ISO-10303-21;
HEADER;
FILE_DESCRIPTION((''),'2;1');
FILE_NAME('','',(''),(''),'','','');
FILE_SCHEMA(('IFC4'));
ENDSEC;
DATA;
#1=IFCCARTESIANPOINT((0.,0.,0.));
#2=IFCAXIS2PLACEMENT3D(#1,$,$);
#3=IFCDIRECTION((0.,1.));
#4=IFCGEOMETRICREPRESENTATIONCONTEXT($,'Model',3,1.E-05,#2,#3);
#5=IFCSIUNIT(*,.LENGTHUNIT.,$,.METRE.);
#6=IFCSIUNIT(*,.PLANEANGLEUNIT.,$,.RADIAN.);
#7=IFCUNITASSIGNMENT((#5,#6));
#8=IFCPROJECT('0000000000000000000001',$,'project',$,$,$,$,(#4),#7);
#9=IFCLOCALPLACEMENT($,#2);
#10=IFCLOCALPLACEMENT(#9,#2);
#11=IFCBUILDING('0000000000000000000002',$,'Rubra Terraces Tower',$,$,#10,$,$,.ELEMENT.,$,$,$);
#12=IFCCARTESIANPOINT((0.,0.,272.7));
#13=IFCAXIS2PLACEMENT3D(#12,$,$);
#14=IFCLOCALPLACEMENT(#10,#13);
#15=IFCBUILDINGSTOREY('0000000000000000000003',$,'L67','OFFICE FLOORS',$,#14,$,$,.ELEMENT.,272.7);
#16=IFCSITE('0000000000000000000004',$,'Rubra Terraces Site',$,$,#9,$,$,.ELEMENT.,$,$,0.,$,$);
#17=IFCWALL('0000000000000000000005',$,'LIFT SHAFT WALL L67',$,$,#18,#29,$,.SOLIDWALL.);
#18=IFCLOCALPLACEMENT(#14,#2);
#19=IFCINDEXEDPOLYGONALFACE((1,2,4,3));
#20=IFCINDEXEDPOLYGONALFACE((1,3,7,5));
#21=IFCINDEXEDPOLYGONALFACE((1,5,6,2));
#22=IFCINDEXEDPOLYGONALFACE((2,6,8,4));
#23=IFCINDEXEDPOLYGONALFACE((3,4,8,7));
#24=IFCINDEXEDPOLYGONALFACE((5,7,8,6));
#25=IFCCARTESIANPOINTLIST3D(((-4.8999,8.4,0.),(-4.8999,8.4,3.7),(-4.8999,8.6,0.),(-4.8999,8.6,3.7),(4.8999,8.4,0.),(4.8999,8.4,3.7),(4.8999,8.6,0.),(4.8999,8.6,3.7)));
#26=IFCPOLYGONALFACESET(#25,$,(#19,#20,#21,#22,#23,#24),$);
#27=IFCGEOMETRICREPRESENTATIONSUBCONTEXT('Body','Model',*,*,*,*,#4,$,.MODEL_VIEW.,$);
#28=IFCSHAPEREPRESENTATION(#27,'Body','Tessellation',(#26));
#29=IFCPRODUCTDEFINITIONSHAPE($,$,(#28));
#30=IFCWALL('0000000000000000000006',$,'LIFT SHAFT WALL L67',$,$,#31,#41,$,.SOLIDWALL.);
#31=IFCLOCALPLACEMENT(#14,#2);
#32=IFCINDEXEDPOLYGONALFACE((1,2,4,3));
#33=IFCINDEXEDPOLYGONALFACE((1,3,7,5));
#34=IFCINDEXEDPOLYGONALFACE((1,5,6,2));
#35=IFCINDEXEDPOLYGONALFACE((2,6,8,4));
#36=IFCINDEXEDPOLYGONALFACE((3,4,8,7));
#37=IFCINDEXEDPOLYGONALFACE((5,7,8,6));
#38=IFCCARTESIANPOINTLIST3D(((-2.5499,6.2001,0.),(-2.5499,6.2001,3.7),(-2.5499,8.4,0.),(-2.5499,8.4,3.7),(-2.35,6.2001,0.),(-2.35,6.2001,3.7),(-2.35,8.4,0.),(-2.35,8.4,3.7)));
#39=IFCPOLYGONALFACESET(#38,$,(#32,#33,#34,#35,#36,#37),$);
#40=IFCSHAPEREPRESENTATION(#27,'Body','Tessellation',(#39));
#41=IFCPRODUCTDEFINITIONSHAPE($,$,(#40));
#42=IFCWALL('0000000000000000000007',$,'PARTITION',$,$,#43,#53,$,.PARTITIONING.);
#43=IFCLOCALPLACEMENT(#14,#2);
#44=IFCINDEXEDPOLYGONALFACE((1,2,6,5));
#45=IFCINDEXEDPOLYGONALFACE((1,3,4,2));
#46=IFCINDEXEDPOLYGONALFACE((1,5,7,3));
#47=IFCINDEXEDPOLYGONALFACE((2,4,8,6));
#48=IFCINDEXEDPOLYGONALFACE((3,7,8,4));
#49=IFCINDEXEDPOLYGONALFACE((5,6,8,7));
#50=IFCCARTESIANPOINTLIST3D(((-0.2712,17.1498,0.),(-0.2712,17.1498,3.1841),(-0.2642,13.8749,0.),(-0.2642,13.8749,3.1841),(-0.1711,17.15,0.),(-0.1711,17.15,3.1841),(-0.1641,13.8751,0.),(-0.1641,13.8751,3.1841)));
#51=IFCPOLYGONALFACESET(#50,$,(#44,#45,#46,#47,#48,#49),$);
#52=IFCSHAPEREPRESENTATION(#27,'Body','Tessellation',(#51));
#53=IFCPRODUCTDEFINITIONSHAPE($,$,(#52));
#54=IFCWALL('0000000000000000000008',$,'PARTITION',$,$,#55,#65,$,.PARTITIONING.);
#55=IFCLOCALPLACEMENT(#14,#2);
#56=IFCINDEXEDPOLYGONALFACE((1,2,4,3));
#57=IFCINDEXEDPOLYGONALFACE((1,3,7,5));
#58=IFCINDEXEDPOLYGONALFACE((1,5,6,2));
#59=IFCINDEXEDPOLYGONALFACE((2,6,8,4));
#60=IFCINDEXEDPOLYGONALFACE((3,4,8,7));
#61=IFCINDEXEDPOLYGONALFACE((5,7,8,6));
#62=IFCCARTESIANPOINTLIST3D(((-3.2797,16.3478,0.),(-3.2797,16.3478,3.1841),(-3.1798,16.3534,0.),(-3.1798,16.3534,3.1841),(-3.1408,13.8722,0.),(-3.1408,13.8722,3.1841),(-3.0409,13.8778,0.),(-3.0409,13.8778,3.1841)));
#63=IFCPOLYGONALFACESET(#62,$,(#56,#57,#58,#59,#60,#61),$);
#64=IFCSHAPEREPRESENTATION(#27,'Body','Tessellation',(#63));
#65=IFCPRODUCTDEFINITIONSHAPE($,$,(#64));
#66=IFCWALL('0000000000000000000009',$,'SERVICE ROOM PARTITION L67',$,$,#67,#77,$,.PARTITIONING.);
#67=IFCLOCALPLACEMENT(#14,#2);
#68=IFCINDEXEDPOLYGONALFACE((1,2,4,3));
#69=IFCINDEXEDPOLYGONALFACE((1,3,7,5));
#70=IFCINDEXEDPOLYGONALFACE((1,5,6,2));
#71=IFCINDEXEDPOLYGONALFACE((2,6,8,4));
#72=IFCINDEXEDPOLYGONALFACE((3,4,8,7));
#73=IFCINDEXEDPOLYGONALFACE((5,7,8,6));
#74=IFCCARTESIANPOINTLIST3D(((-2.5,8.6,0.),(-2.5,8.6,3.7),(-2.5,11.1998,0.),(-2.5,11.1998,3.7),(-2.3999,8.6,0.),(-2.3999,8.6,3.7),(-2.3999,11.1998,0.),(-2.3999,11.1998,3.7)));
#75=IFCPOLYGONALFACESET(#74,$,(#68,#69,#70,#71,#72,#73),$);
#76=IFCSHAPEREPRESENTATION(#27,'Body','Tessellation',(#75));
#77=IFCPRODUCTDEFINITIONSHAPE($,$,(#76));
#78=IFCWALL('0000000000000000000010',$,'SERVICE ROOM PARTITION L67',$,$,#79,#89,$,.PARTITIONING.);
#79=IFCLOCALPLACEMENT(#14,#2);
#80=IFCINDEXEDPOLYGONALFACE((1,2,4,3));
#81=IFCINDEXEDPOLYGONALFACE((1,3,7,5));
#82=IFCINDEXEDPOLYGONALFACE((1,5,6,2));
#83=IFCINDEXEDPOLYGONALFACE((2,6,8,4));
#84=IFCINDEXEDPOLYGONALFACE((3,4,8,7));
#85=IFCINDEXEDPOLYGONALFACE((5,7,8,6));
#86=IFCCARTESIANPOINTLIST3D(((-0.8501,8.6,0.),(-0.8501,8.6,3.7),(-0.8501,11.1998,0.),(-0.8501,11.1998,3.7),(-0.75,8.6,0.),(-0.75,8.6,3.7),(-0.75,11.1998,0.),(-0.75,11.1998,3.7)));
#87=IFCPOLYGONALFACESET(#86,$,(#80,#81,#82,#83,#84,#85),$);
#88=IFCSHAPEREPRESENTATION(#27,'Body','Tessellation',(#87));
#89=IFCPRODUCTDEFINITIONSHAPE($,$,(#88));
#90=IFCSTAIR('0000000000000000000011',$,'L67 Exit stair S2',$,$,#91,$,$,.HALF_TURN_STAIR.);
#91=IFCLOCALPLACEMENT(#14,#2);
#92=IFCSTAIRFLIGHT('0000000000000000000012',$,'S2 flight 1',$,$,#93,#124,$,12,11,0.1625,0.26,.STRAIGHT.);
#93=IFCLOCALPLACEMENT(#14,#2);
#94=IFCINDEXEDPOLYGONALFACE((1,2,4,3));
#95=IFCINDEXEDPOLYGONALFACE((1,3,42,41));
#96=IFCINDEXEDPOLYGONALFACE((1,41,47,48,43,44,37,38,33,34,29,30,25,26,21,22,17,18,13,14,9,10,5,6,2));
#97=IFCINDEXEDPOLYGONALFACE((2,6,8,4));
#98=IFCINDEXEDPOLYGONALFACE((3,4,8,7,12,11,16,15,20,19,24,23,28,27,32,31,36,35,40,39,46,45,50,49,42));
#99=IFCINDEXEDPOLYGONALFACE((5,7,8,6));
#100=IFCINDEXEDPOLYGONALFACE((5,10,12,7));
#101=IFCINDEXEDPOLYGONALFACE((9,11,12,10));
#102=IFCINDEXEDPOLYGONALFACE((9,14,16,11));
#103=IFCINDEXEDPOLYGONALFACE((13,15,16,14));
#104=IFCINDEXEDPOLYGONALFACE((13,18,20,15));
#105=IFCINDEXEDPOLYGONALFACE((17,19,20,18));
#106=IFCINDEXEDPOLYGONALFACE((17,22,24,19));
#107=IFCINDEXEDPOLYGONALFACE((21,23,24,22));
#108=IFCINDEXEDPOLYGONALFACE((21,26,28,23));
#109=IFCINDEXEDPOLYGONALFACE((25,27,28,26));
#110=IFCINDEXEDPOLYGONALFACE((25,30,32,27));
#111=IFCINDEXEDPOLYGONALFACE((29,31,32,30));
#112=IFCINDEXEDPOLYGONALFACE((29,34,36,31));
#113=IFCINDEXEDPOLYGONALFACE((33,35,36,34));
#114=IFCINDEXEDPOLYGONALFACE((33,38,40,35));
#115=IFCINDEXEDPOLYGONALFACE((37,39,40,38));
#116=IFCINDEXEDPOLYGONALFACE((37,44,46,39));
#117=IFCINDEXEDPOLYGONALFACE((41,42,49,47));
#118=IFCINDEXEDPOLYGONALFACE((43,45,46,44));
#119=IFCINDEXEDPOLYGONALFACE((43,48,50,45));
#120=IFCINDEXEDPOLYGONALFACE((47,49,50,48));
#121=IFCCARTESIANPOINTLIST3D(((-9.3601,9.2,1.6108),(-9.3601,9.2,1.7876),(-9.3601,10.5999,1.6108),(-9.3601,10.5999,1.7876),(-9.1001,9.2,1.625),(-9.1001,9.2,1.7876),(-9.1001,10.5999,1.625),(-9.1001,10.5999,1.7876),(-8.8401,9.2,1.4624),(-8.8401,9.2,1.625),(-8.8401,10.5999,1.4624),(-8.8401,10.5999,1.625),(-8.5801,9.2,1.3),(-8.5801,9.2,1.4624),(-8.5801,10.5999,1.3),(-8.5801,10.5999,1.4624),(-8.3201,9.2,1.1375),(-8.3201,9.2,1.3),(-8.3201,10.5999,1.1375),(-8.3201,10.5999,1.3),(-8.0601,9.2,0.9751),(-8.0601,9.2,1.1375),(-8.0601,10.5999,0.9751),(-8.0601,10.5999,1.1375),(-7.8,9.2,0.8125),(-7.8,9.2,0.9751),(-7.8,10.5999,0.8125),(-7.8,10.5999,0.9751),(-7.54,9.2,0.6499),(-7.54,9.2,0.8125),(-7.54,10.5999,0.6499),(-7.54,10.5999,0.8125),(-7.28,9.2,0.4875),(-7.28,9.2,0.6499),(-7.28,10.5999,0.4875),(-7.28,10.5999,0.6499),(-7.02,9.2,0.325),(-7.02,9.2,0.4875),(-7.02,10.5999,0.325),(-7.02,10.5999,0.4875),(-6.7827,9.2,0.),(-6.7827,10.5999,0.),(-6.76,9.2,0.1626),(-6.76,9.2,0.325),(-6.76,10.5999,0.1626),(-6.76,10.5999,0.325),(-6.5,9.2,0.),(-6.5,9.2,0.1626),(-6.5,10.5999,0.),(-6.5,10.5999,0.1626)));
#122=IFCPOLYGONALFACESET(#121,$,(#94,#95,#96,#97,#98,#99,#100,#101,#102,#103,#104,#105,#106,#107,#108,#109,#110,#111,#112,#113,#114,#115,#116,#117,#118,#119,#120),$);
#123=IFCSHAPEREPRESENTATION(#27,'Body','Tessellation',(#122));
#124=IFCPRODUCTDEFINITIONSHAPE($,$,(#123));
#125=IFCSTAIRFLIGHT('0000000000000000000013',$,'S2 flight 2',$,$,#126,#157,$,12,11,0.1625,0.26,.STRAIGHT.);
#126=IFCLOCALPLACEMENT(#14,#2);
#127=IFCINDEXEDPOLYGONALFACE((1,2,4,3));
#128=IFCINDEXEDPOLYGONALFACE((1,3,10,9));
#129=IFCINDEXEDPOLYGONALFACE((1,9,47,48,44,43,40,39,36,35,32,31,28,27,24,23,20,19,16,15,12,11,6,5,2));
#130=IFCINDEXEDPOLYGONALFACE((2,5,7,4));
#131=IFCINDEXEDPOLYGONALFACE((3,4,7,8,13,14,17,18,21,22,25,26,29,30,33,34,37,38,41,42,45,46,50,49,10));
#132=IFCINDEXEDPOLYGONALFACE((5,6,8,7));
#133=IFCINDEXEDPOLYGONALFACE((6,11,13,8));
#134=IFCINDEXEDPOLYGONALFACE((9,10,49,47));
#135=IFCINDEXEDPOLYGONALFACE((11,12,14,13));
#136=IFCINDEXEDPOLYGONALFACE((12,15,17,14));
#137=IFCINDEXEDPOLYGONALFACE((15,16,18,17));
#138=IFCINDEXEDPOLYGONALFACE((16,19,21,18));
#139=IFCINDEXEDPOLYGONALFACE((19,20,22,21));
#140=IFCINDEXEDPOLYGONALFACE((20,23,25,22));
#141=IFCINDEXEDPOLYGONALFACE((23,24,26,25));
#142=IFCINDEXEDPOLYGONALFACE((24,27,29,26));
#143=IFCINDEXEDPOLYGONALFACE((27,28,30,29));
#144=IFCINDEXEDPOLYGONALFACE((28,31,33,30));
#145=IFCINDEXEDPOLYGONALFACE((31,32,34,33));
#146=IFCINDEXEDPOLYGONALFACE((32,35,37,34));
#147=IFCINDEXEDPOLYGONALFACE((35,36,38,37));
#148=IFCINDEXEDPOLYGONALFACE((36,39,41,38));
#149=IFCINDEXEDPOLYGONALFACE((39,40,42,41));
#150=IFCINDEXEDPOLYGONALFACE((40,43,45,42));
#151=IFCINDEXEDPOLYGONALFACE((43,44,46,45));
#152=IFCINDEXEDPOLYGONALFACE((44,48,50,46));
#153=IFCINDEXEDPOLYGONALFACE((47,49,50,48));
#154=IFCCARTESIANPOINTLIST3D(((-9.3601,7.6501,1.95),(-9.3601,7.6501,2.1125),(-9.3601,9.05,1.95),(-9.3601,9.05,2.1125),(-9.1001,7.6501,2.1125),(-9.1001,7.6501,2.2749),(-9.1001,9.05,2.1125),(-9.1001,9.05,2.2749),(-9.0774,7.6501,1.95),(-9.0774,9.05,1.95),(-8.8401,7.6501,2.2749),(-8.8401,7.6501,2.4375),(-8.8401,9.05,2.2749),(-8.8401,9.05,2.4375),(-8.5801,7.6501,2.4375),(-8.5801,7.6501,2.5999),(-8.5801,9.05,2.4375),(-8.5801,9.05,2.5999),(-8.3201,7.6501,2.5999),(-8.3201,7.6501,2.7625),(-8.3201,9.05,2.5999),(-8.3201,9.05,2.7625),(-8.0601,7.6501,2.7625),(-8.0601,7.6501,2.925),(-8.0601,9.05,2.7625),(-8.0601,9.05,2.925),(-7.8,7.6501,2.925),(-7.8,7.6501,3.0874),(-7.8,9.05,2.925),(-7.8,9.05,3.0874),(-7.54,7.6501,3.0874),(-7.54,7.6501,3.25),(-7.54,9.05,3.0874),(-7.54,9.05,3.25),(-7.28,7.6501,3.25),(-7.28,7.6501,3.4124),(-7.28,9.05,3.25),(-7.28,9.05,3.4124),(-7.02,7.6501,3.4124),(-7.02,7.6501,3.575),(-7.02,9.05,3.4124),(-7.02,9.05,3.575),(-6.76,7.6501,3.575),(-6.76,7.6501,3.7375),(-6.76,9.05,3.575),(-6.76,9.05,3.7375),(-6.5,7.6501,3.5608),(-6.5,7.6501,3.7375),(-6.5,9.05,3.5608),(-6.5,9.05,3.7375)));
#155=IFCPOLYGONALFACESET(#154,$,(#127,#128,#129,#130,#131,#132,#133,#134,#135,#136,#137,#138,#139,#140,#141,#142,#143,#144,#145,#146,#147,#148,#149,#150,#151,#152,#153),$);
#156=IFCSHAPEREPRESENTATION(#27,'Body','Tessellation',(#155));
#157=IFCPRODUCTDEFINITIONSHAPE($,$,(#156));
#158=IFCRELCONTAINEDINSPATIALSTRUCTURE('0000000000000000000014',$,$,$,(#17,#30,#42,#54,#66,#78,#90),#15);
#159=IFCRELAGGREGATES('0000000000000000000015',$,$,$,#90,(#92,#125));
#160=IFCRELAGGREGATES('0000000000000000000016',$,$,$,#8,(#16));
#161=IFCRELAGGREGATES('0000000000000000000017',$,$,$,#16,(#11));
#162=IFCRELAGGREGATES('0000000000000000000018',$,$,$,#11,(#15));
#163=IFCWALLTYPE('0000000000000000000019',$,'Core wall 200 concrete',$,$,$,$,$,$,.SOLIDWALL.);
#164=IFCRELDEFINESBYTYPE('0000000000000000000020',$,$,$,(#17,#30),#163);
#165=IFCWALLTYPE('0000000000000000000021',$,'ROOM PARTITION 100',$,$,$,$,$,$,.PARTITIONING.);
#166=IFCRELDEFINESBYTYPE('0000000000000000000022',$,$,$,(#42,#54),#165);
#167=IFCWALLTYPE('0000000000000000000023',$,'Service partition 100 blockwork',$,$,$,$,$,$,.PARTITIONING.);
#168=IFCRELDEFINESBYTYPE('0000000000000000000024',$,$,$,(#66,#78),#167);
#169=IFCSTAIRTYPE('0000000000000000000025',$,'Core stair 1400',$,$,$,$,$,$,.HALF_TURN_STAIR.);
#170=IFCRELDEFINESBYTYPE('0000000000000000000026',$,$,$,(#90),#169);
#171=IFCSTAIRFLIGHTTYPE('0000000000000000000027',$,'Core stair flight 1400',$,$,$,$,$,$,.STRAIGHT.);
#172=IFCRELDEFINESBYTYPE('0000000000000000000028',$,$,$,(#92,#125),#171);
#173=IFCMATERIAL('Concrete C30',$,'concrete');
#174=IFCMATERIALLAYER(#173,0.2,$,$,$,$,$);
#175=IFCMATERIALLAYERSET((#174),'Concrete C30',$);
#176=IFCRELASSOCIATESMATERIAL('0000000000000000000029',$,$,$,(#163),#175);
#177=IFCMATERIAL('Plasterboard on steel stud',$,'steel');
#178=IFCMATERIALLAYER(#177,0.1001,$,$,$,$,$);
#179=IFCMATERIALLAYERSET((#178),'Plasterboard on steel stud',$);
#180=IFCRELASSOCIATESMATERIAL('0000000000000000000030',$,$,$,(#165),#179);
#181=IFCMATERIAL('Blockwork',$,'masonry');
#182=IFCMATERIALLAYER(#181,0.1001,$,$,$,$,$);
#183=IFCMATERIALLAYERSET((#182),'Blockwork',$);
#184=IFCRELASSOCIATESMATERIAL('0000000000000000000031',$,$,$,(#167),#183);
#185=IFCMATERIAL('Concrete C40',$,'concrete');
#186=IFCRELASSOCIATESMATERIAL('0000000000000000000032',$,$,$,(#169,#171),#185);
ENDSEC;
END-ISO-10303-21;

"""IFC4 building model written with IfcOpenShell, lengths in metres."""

from ifc_helpers import new_model, si_unit, direction, frame, frame_2d, origin, place, context, subcontext, project, spatial, polyline, rectangle, outline, extrude, material, layer, layer_set, type_object, element, aggregate, save


model = new_model("IFC4")

# Units and contexts
model_context = context("Model", 3, precision=1e-05, world=origin(), true_north=direction((0.0, 1.0)))
body_context = subcontext(model_context, "Body", "Model", "MODEL_VIEW")
ifc_project = project(units=[si_unit("LENGTHUNIT", "METRE"), si_unit("PLANEANGLEUNIT", "RADIAN")], contexts=[model_context])

# Site, building, storey
site_placement = place(None, origin())
site = spatial("IfcSite", under=ifc_project, at=site_placement, Name="Rubra Terraces Site", CompositionType="ELEMENT", RefElevation=0.0)
building_placement = place(site_placement, origin())
building = spatial("IfcBuilding", under=site, at=building_placement, Name="Rubra Terraces Tower", CompositionType="ELEMENT")
storey_placement = place(building_placement, frame((0.0, 0.0, 272.7)))
storey = spatial("IfcBuildingStorey", under=building, at=storey_placement, Name="L67", Description="OFFICE FLOORS", CompositionType="ELEMENT", Elevation=272.7)

# Shared definitions
ifc_material_1 = material(Name="Concrete C40", Category="concrete")
ifc_material_2 = material(Name="Concrete C30", Category="concrete")
ifc_layer_1 = layer(ifc_material_2, 0.2)
ifc_layer_set_1 = layer_set([ifc_layer_1], Name="Concrete C30")
wall_type_1 = type_object("IfcWallType", Name="Core wall 200 concrete", PredefinedType="SOLIDWALL", material=ifc_layer_set_1)

# Walls
wall_1_placement = place(storey_placement, frame((-4.8999, 8.5, 0.0), z_axis=(0.0, 0.0, 1.0), x_axis=(1.0, 0.0, 0.0)))
element("IfcWall", 1, at=wall_1_placement, inside=storey, type_object=wall_type_1, Name="LIFT SHAFT WALL L67", PredefinedType="SOLIDWALL", context=body_context, shape_type="SweptSolid", body=[
    extrude(rectangle(XDim=9.7998, YDim=0.2, at=frame_2d((4.8999, 0.0))), origin(), (0.0, 0.0, 1.0), 3.7),
])
wall_2_placement = place(storey_placement, frame((-2.45, 6.2, 0.0), z_axis=(0.0, 0.0, 1.0), x_axis=(0.0, 1.0, 0.0)))
element("IfcWall", 2, at=wall_2_placement, inside=storey, type_object=wall_type_1, Name="LIFT SHAFT WALL L67", PredefinedType="SOLIDWALL", context=body_context, shape_type="SweptSolid", body=[
    extrude(rectangle(XDim=2.2, YDim=0.2, at=frame_2d((1.1001, 0.0))), origin(), (0.0, 0.0, 1.0), 3.7),
])
ifc_material_3 = material(Name="Plasterboard on steel stud", Category="steel")
ifc_layer_2 = layer(ifc_material_3, 0.1001)
ifc_layer_set_2 = layer_set([ifc_layer_2], Name="Plasterboard on steel stud")
wall_type_2 = type_object("IfcWallType", Name="ROOM PARTITION 100", PredefinedType="PARTITIONING", material=ifc_layer_set_2)
wall_3_placement = place(storey_placement, frame((-0.2141, 13.875, 0.0), z_axis=(0.0, 0.0, 1.0), x_axis=(-0.002162, 0.999998, 0.0)))
element("IfcWall", 3, at=wall_3_placement, inside=storey, type_object=wall_type_2, Name="PARTITION", PredefinedType="PARTITIONING", context=body_context, shape_type="SweptSolid", body=[
    extrude(rectangle(XDim=3.2749, YDim=0.1001, at=frame_2d((1.6375, 0.0))), origin(), (0.0, 0.0, 1.0), 3.1841),
])
wall_4_placement = place(storey_placement, frame((-3.0908, 13.875, 0.0), z_axis=(0.0, 0.0, 1.0), x_axis=(-0.056026, 0.998429, 0.0)))
element("IfcWall", 4, at=wall_4_placement, inside=storey, type_object=wall_type_2, Name="PARTITION", PredefinedType="PARTITIONING", context=body_context, shape_type="SweptSolid", body=[
    extrude(rectangle(XDim=2.4795, YDim=0.1001, at=frame_2d((1.2397, 0.0))), origin(), (0.0, 0.0, 1.0), 3.1841),
])
ifc_material_4 = material(Name="Blockwork", Category="masonry")
ifc_layer_3 = layer(ifc_material_4, 0.1001)
ifc_layer_set_3 = layer_set([ifc_layer_3], Name="Blockwork")
wall_type_3 = type_object("IfcWallType", Name="Service partition 100 blockwork", PredefinedType="PARTITIONING", material=ifc_layer_set_3)
for number, where, z_axis, x_axis, name in (
    (5, (-2.45, 8.6001, 0.0), (0.0, 0.0, 1.0), (0.0, 1.0, 0.0), "SERVICE ROOM PARTITION L67"),
    (6, (-0.8, 8.6001, 0.0), (0.0, 0.0, 1.0), (0.0, 1.0, 0.0), "SERVICE ROOM PARTITION L67"),
):
    element("IfcWall", number, at=place(storey_placement, frame(where, z_axis=z_axis, x_axis=x_axis)), inside=storey, type_object=wall_type_3, Name=name, PredefinedType="PARTITIONING", context=body_context, shape_type="SweptSolid", body=[
        extrude(rectangle(XDim=2.5999, YDim=0.1001, at=frame_2d((1.2998, 0.0))), origin(), (0.0, 0.0, 1.0), 3.7),
    ])

# Stair, stair flights
stair_type = type_object("IfcStairType", Name="Core stair 1400", PredefinedType="HALF_TURN_STAIR", material=ifc_material_1)
stair_placement = place(storey_placement, origin())
stair = element("IfcStair", 7, at=stair_placement, inside=storey, type_object=stair_type, Name="L67 Exit stair S2", PredefinedType="HALF_TURN_STAIR")
stair_flight_type = type_object("IfcStairFlightType", Name="Core stair flight 1400", PredefinedType="STRAIGHT", material=ifc_material_1)
stair_flight_1_placement = place(storey_placement, frame((-6.5, 9.8999, 0.0), z_axis=(0.0, 0.0, 1.0), x_axis=(-1.0, 0.0, 0.0)))
stair_flight_1 = element("IfcStairFlight", 8, at=stair_flight_1_placement, type_object=stair_flight_type, Name="S2 flight 1", NumberOfRisers=12, NumberOfTreads=11, PredefinedType="STRAIGHT", RiserHeight=0.1625, TreadLength=0.26, context=body_context, shape_type="SweptSolid", body=[
    extrude(outline(polyline([(0.0, 0.0), (0.0, 0.1626), (0.26, 0.1626), (0.26, 0.325), (0.52, 0.325), (0.52, 0.4875), (0.78, 0.4875), (0.78, 0.6499), (1.04, 0.6499), (1.04, 0.8125), (1.3, 0.8125), (1.3, 0.9751), (1.5601, 0.9751), (1.5601, 1.1375), (1.8201, 1.1375), (1.8201, 1.3), (2.0801, 1.3), (2.0801, 1.4624), (2.3401, 1.4624), (2.3401, 1.625), (2.6001, 1.625), (2.6001, 1.7876), (2.8601, 1.7876), (2.8601, 1.95), (2.8601, 1.6108), (0.2827, 0.0), (0.0, 0.0)])), frame((0.0, 0.7, 0.0), z_axis=(0.0, -1.0, 0.0), x_axis=(1.0, 0.0, 0.0)), (0.0, 0.0, 1.0), 1.3999),
])
stair_flight_2_placement = place(storey_placement, frame((-9.3601, 8.3501, 1.95), z_axis=(0.0, 0.0, 1.0), x_axis=(1.0, 0.0, 0.0)))
stair_flight_2 = element("IfcStairFlight", 9, at=stair_flight_2_placement, type_object=stair_flight_type, Name="S2 flight 2", NumberOfRisers=12, NumberOfTreads=11, PredefinedType="STRAIGHT", RiserHeight=0.1625, TreadLength=0.26, context=body_context, shape_type="SweptSolid", body=[
    extrude(outline(polyline([(0.0, 0.0), (0.0, 0.1626), (0.26, 0.1626), (0.26, 0.325), (0.52, 0.325), (0.52, 0.4875), (0.78, 0.4875), (0.78, 0.6499), (1.04, 0.6499), (1.04, 0.8125), (1.3, 0.8125), (1.3, 0.9751), (1.5601, 0.9751), (1.5601, 1.1375), (1.8201, 1.1375), (1.8201, 1.3), (2.0801, 1.3), (2.0801, 1.4624), (2.3401, 1.4624), (2.3401, 1.625), (2.6001, 1.625), (2.6001, 1.7876), (2.8601, 1.7876), (2.8601, 1.95), (2.8601, 1.6108), (0.2827, 0.0), (0.0, 0.0)])), frame((0.0, 0.7, 0.0), z_axis=(0.0, -1.0, 0.0), x_axis=(1.0, 0.0, 0.0)), (0.0, 0.0, 1.0), 1.3999),
])
aggregate(stair, [stair_flight_1, stair_flight_2])

save(model, "model.ifc")
